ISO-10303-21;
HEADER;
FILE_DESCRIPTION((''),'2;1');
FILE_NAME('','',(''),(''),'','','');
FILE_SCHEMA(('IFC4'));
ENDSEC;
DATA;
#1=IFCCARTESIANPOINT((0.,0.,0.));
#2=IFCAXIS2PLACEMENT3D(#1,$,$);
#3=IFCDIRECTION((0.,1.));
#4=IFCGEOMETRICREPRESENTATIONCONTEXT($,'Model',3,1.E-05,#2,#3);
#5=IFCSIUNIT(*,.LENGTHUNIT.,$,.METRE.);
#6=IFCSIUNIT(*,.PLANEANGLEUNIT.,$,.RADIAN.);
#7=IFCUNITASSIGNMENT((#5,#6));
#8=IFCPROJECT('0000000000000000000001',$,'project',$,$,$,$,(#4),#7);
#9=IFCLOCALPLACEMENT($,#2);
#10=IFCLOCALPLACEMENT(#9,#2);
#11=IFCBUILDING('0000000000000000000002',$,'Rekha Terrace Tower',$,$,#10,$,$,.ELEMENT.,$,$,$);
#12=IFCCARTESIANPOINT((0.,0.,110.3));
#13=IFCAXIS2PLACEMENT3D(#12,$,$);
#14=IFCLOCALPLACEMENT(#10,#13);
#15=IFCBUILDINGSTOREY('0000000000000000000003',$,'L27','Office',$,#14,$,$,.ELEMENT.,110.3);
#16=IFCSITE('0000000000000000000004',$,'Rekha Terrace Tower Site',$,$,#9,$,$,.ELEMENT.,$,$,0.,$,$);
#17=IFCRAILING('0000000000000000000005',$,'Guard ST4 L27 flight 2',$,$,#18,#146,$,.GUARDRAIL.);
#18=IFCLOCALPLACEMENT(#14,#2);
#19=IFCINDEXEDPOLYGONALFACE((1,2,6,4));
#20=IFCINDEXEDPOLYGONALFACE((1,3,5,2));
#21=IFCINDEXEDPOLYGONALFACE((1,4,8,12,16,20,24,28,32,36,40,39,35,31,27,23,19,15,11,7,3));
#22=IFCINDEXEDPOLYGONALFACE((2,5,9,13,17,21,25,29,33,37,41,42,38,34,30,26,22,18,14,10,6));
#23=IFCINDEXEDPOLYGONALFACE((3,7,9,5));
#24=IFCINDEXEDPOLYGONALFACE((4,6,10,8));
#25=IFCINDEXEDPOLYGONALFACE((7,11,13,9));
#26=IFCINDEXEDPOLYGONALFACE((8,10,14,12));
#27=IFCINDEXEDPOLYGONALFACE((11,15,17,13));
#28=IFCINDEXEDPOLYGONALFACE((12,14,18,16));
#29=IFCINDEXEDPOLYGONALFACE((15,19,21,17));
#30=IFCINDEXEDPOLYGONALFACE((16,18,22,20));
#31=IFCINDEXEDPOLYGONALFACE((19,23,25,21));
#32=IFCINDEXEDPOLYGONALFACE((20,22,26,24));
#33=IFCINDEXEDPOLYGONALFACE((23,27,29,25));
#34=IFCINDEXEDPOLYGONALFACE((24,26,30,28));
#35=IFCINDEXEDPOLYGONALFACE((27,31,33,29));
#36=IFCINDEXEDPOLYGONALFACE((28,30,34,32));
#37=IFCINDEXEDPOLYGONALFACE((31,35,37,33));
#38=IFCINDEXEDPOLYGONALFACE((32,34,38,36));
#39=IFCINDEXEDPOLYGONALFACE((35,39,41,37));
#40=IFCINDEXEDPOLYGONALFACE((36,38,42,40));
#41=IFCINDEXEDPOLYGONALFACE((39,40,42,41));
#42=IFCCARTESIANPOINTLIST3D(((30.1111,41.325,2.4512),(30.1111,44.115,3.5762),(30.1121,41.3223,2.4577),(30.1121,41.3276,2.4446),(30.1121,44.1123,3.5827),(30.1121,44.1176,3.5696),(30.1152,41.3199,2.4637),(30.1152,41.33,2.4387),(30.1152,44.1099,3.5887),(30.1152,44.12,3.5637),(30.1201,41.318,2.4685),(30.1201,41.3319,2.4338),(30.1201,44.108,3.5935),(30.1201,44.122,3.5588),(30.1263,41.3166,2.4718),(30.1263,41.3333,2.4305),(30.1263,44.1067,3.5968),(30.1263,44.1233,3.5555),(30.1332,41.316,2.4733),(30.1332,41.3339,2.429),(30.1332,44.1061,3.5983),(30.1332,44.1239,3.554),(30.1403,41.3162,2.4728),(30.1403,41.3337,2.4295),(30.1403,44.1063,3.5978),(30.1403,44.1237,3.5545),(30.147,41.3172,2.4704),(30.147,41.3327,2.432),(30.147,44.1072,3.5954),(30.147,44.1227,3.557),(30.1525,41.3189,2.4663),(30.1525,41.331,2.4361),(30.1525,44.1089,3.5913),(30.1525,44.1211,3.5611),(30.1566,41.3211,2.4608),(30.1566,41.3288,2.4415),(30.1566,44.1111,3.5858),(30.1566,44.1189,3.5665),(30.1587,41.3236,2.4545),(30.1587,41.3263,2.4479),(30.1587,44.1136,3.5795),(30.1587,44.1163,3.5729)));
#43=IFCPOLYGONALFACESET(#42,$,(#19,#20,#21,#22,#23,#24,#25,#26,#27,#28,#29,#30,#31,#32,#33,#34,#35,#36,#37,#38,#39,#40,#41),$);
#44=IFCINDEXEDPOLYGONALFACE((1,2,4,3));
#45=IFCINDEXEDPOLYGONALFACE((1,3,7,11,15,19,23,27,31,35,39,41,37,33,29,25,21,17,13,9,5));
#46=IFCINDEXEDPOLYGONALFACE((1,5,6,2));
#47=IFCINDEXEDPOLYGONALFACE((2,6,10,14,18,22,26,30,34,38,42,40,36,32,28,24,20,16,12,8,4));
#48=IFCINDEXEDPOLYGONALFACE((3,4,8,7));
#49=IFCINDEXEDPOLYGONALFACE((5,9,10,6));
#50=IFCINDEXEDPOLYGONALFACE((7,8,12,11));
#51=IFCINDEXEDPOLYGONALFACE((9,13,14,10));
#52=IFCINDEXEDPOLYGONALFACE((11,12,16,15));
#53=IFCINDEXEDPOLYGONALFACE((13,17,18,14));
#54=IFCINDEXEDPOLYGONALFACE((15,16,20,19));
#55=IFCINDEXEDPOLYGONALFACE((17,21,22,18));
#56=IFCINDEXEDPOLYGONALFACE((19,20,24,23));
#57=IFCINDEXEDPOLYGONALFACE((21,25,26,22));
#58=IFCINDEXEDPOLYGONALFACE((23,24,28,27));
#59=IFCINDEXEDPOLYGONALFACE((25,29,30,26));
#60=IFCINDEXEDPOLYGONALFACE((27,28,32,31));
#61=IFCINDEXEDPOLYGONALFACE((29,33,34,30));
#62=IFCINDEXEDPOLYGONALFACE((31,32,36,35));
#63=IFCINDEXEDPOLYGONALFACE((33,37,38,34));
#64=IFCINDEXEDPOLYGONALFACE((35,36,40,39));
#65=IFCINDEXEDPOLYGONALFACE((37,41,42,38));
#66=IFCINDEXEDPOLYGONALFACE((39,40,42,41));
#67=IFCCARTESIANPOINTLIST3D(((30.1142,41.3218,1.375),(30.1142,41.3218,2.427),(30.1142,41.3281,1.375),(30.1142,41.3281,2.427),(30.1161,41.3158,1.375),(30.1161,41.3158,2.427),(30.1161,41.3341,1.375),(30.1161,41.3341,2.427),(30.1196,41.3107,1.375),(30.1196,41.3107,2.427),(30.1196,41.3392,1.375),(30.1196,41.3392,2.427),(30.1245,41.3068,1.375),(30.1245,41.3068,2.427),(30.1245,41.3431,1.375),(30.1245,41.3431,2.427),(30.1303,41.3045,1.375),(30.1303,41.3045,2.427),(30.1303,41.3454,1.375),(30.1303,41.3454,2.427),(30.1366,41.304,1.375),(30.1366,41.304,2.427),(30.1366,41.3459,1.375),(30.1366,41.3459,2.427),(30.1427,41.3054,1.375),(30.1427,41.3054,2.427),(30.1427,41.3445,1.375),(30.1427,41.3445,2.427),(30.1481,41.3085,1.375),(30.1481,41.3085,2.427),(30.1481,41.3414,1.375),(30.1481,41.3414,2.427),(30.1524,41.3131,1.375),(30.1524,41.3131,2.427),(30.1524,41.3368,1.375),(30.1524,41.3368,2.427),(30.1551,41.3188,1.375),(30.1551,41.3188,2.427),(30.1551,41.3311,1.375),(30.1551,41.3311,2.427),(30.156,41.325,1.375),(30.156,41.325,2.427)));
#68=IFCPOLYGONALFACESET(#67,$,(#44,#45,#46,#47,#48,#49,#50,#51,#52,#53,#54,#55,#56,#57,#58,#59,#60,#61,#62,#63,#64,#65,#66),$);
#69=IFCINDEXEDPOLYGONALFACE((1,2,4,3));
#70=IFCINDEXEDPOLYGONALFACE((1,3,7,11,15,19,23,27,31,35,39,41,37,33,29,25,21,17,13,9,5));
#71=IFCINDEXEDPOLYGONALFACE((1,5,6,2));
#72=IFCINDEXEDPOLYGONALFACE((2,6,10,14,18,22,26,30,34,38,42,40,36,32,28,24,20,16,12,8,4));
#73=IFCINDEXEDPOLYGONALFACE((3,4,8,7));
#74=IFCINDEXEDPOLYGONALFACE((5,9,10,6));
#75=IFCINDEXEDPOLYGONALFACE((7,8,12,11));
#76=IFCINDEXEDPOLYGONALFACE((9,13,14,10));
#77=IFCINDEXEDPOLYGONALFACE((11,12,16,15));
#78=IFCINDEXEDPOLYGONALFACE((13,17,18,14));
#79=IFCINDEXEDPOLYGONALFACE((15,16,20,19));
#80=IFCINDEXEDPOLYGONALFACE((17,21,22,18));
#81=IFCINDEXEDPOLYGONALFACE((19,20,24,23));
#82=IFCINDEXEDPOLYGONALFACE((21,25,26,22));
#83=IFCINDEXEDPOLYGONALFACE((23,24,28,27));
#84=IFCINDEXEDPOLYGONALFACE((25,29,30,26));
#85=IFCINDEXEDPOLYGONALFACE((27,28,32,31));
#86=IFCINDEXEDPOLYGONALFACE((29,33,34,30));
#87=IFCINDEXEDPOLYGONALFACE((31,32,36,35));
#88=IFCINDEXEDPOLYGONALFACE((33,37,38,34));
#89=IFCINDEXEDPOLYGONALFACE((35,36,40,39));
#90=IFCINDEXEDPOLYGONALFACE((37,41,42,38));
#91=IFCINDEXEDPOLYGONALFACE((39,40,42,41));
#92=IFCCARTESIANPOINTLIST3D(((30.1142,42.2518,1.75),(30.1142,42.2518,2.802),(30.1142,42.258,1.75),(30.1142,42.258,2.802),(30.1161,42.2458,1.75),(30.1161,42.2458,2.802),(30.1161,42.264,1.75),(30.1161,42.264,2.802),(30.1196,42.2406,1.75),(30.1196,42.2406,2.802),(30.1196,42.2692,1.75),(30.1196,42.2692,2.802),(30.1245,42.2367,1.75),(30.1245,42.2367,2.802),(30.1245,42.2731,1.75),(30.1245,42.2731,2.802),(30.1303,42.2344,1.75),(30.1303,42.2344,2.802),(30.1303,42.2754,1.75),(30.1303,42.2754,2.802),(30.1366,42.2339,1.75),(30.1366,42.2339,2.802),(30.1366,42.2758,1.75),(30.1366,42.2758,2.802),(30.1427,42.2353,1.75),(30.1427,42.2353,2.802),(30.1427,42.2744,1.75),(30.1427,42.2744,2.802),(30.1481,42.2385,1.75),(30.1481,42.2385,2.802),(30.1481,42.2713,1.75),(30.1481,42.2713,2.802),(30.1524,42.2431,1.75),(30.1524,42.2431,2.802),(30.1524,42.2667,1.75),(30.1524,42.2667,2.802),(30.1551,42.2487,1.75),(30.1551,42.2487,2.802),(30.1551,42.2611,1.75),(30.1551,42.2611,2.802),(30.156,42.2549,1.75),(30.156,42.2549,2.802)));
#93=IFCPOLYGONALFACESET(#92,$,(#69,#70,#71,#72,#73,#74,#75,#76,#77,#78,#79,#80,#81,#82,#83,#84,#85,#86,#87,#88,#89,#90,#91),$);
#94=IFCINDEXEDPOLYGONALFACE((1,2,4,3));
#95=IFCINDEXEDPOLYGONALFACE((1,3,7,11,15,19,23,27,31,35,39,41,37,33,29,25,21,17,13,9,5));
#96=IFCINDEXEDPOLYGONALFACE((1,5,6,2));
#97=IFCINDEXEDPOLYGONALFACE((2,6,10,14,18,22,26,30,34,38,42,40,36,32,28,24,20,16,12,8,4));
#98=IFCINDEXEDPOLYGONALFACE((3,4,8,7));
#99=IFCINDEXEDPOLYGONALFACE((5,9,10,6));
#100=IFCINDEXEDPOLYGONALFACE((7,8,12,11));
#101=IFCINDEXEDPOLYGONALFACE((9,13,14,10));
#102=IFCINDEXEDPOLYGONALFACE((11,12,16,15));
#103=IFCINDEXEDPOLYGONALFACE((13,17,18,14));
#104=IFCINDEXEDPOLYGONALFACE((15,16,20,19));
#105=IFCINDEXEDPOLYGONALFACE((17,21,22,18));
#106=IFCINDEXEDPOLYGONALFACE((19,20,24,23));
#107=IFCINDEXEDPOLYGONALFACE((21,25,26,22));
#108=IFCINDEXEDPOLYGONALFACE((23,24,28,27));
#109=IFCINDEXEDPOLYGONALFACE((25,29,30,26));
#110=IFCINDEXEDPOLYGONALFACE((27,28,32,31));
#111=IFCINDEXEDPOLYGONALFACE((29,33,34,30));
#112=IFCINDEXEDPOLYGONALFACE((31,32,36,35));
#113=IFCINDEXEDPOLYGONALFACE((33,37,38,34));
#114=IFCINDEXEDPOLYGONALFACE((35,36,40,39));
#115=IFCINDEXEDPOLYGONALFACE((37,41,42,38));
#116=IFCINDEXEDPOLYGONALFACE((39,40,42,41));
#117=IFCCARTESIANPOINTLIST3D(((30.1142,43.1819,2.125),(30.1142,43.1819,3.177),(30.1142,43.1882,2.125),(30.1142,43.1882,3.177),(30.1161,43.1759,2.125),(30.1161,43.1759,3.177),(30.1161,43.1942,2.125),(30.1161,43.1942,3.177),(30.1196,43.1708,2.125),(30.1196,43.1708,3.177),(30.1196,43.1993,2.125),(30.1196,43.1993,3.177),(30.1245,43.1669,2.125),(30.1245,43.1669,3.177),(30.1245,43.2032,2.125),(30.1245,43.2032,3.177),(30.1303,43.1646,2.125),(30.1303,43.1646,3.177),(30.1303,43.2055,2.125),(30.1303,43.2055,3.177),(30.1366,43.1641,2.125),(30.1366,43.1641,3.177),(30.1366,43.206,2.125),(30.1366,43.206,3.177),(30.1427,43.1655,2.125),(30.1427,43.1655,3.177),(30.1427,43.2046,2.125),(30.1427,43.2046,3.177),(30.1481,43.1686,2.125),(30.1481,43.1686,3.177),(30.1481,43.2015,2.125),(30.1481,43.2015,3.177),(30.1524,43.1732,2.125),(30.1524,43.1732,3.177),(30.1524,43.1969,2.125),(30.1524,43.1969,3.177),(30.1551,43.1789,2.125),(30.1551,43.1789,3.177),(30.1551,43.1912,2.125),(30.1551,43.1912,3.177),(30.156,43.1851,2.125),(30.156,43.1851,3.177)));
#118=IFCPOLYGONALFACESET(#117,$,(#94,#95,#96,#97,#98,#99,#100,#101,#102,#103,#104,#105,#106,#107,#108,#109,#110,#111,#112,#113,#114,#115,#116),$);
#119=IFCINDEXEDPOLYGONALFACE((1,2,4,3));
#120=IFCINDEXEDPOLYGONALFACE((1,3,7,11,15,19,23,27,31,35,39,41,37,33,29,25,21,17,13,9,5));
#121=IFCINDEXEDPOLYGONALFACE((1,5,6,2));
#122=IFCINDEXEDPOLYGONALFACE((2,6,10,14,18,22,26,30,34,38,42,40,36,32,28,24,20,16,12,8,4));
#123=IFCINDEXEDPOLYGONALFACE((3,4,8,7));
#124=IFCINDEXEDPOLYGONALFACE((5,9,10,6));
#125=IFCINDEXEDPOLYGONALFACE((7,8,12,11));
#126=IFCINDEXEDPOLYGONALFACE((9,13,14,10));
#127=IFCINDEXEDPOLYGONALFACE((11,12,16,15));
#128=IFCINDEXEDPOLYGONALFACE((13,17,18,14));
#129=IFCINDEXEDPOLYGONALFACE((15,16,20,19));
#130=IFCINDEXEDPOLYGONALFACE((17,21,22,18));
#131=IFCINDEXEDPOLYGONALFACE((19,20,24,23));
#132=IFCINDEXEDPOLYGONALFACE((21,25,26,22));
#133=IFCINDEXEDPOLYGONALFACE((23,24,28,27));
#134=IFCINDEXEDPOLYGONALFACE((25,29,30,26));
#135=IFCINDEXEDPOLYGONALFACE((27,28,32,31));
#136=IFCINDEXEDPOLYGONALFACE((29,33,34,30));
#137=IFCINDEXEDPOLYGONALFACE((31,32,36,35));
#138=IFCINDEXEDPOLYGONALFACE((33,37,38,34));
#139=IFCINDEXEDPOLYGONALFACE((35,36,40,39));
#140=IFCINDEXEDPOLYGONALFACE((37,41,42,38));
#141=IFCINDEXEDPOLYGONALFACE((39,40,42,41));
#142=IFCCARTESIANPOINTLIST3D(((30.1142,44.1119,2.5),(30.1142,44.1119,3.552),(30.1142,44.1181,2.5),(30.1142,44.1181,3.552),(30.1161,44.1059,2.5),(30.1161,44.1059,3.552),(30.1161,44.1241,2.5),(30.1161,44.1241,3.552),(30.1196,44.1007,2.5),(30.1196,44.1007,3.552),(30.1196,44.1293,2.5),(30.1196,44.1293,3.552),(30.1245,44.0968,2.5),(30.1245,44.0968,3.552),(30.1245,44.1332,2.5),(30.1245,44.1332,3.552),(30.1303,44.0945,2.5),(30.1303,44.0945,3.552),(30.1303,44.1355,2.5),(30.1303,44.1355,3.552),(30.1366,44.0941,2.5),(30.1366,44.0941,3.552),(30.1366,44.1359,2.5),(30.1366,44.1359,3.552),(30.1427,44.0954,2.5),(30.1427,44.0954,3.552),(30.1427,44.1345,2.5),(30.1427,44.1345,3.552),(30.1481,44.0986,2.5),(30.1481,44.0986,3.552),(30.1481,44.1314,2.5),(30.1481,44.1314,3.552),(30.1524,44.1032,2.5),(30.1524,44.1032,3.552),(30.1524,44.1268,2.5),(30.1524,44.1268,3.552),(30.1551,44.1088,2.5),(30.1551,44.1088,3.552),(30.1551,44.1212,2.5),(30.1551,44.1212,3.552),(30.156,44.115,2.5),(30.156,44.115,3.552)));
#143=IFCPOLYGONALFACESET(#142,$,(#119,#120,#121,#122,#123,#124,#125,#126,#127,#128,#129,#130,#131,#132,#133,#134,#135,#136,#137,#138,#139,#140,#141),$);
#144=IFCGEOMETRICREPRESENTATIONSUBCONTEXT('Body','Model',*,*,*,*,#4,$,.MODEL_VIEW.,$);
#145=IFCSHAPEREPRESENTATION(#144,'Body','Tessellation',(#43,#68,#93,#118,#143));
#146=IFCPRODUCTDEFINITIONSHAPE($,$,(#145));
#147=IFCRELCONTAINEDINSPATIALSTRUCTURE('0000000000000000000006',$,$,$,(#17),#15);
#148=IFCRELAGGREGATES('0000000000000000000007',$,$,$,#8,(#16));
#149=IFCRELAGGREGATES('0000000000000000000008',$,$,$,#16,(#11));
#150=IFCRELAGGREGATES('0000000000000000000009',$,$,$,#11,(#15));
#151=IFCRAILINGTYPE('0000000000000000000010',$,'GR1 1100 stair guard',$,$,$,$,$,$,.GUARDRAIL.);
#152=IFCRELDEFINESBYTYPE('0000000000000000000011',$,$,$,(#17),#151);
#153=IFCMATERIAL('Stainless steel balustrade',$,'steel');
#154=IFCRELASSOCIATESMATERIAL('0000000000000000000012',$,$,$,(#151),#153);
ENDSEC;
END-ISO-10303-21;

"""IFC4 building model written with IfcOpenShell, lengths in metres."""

from ifc_helpers import new_model, si_unit, direction, frame, origin, origin_2d, place, context, subcontext, project, spatial, circle, extrude, material, type_object, element, save


model = new_model("IFC4")

# Units and contexts
model_context = context("Model", 3, precision=1e-05, world=origin(), true_north=direction((0.0, 1.0)))
body_context = subcontext(model_context, "Body", "Model", "MODEL_VIEW")
ifc_project = project(units=[si_unit("LENGTHUNIT", "METRE"), si_unit("PLANEANGLEUNIT", "RADIAN")], contexts=[model_context])

# Site, building, storey
site_placement = place(None, origin())
site = spatial("IfcSite", under=ifc_project, at=site_placement, Name="Rekha Terrace Tower Site", CompositionType="ELEMENT", RefElevation=0.0)
building_placement = place(site_placement, origin())
building = spatial("IfcBuilding", under=site, at=building_placement, Name="Rekha Terrace Tower", CompositionType="ELEMENT")
storey_placement = place(building_placement, frame((0.0, 0.0, 110.3)))
storey = spatial("IfcBuildingStorey", under=building, at=storey_placement, Name="L27", Description="Office", CompositionType="ELEMENT", Elevation=110.3)

# Railing
ifc_material_1 = material(Name="Stainless steel balustrade", Category="steel")
railing_type_1 = type_object("IfcRailingType", Name="GR1 1100 stair guard", PredefinedType="GUARDRAIL", material=ifc_material_1)
railing_1_placement = place(storey_placement, frame((30.135, 41.325, 1.375)))
element("IfcRailing", 1, at=railing_1_placement, inside=storey, type_object=railing_type_1, Name="Guard ST4 L27 flight 2", PredefinedType="GUARDRAIL", context=body_context, shape_type="SweptSolid", body=[
    extrude(circle(Radius=0.0239, at=origin_2d()), frame((0.0, 0.0, 1.0762), z_axis=(0.0, 0.927443, 0.373964), x_axis=(-1.0, 0.0, 0.0)), (0.0, 0.0, 1.0), 3.0083),
    extrude(circle(Radius=0.021, at=origin_2d()), origin(), (0.0, 0.0, 1.0), 1.052),
    extrude(circle(Radius=0.021, at=origin_2d()), frame((0.0, 0.9299, 0.375)), (0.0, 0.0, 1.0), 1.052),
    extrude(circle(Radius=0.021, at=origin_2d()), frame((0.0, 1.8601, 0.75)), (0.0, 0.0, 1.0), 1.052),
    extrude(circle(Radius=0.021, at=origin_2d()), frame((0.0, 2.79, 1.125)), (0.0, 0.0, 1.0), 1.052),
])

save(model, "model.ifc")
